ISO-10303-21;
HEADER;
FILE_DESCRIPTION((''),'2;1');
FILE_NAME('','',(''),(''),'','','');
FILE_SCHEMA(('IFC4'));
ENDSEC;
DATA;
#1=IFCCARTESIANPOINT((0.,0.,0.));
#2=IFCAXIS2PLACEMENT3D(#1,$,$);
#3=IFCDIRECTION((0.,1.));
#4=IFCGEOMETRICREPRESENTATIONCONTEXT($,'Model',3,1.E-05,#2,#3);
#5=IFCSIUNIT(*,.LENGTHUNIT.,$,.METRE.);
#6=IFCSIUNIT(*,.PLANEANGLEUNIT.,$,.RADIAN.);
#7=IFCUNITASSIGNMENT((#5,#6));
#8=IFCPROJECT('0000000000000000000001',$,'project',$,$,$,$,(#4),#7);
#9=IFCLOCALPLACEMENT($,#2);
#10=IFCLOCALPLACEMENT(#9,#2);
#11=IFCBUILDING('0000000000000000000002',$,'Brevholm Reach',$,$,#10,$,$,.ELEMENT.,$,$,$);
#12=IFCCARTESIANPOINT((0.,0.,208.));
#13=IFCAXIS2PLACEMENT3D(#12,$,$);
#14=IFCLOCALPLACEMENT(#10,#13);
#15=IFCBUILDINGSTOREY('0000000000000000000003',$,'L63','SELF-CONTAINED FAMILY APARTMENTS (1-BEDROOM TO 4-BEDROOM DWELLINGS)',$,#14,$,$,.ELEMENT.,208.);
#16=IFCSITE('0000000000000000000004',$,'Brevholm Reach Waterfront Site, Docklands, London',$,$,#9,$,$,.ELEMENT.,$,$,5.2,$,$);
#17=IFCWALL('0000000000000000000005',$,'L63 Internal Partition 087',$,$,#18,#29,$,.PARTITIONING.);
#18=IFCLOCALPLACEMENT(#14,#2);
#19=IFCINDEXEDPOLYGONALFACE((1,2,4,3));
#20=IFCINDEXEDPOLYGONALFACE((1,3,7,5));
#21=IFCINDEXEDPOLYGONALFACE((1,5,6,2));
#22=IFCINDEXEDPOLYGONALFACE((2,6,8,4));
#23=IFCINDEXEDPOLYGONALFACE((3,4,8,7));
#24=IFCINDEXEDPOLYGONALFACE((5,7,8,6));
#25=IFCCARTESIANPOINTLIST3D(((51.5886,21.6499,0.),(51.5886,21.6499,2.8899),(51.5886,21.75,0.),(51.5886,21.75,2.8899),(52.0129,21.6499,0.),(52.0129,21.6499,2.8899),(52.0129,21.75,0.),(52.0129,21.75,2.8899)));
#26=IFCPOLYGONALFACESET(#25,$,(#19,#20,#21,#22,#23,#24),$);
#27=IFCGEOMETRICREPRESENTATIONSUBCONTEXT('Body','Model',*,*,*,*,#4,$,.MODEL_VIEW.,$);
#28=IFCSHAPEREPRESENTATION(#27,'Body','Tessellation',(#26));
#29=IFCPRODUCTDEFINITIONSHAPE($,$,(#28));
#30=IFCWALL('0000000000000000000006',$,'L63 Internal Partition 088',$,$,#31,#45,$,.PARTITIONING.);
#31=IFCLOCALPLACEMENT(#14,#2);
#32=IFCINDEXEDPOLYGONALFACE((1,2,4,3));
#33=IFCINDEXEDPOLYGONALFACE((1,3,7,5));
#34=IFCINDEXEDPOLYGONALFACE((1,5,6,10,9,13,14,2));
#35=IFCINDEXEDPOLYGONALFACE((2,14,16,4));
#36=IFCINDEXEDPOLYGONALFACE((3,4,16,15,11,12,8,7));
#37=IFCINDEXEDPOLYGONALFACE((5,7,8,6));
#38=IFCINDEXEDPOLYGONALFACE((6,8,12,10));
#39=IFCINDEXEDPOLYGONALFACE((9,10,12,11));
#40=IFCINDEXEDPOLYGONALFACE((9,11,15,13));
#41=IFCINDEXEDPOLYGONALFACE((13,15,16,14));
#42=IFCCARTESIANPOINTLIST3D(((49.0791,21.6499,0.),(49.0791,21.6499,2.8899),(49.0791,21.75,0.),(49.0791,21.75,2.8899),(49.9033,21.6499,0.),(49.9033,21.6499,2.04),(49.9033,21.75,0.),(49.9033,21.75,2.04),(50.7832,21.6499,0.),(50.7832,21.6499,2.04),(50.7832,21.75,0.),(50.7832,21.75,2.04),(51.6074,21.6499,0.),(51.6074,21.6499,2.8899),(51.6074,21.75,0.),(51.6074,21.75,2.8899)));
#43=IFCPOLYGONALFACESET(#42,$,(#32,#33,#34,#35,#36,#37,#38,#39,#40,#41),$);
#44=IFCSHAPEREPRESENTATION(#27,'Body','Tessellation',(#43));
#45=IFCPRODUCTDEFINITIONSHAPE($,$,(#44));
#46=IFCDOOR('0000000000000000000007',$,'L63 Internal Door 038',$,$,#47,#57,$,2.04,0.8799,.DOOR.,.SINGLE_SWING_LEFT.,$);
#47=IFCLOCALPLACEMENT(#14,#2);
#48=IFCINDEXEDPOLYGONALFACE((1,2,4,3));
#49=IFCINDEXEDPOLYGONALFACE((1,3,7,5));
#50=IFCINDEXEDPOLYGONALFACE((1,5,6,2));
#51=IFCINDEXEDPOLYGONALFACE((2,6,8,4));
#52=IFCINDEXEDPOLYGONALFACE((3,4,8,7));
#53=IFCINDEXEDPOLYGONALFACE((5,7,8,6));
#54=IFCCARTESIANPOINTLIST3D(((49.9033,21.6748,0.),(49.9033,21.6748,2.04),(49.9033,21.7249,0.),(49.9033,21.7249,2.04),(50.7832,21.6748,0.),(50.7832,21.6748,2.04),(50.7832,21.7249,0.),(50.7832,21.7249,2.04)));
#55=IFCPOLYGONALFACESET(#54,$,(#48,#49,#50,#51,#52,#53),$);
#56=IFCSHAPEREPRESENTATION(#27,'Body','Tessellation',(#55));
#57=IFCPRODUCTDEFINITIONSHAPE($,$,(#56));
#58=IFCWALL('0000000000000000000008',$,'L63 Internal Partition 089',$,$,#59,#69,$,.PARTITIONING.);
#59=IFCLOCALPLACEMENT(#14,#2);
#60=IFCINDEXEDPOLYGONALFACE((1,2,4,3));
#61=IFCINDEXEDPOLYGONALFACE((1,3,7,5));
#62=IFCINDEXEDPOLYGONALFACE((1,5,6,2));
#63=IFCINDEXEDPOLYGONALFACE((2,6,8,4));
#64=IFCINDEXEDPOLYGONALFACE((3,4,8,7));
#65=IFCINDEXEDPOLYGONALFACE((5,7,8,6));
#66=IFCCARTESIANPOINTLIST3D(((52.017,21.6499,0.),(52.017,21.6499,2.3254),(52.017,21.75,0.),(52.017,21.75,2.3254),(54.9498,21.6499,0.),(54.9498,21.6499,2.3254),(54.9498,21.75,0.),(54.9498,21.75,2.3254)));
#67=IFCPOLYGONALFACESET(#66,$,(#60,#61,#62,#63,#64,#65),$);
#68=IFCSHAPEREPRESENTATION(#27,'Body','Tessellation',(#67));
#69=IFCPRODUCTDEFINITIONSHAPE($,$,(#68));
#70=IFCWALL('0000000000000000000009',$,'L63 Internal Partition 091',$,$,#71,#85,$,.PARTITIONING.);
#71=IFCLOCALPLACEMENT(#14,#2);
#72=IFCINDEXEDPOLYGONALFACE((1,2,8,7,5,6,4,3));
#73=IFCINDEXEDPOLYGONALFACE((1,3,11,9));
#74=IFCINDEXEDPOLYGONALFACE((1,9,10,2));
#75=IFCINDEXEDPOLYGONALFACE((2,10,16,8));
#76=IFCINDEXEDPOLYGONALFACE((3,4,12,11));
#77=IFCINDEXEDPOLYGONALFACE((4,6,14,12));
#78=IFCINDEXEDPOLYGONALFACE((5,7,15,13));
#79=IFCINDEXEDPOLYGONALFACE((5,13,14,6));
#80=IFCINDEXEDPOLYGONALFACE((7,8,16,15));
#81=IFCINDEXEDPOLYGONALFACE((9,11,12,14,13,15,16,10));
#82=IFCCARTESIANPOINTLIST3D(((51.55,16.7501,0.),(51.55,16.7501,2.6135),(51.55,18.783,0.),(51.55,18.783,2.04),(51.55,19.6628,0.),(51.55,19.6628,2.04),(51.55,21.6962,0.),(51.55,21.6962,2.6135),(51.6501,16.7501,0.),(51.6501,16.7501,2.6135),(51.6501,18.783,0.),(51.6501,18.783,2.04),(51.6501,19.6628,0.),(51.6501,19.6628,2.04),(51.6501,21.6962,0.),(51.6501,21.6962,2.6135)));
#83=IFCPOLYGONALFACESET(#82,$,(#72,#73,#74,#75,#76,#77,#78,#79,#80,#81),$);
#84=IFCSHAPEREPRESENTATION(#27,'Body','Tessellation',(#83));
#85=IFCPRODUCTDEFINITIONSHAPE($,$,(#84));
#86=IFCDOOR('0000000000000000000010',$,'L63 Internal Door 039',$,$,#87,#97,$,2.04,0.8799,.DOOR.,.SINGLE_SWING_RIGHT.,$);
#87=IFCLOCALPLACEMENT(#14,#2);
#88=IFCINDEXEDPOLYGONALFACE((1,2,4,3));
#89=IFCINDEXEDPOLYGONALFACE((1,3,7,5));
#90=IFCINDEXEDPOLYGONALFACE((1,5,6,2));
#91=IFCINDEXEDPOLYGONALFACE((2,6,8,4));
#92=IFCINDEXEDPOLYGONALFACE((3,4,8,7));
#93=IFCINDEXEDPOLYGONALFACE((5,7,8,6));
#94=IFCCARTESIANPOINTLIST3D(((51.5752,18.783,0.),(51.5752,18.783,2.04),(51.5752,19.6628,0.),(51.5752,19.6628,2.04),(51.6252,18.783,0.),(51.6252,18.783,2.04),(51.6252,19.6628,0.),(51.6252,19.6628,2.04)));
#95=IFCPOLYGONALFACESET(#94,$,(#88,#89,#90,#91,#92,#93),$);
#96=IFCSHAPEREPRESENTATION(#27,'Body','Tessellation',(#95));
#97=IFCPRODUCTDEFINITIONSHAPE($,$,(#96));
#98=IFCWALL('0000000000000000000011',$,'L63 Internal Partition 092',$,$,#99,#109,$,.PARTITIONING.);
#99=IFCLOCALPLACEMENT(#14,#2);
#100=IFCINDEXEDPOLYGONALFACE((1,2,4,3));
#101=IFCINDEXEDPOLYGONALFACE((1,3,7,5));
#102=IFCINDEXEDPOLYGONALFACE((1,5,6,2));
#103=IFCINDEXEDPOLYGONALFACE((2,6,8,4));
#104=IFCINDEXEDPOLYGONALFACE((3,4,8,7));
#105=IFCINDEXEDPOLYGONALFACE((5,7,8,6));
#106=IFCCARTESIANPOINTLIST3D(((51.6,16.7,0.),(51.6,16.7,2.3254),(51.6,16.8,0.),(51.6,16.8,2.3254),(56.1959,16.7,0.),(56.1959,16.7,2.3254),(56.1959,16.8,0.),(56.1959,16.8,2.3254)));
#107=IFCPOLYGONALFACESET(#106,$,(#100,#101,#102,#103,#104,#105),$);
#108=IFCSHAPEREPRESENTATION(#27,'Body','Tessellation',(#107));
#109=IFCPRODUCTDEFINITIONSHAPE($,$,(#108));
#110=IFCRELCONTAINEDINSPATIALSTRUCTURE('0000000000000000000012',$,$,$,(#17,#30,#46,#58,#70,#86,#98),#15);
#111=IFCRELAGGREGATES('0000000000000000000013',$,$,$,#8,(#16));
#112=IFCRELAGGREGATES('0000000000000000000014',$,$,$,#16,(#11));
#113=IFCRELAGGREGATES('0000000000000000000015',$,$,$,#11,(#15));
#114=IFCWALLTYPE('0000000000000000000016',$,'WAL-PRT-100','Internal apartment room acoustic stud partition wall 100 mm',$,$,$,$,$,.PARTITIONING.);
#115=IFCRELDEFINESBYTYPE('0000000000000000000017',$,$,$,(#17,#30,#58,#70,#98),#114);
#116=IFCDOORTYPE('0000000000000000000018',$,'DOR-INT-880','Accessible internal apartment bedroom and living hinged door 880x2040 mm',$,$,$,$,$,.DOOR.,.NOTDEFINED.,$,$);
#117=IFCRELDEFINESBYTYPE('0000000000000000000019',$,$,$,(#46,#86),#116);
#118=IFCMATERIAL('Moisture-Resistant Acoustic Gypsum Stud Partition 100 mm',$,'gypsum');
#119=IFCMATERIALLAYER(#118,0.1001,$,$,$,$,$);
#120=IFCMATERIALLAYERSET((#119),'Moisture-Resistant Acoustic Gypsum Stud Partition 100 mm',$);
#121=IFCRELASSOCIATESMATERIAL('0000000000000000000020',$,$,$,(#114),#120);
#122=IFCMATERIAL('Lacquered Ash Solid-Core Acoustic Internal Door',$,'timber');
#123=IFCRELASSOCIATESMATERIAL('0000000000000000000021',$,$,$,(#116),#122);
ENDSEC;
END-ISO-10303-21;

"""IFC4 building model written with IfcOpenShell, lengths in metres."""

from ifc_helpers import new_model, si_unit, direction, frame, frame_2d, origin, place, context, subcontext, project, spatial, rectangle, extrude, material, layer, layer_set, type_object, element, fill, save


model = new_model("IFC4")

# Units and contexts
model_context = context("Model", 3, precision=1e-05, world=origin(), true_north=direction((0.0, 1.0)))
body_context = subcontext(model_context, "Body", "Model", "MODEL_VIEW")
ifc_project = project(units=[si_unit("LENGTHUNIT", "METRE"), si_unit("PLANEANGLEUNIT", "RADIAN")], contexts=[model_context])

# Site, building, storey
site_placement = place(None, origin())
site = spatial("IfcSite", under=ifc_project, at=site_placement, Name="Brevholm Reach Waterfront Site, Docklands, London", CompositionType="ELEMENT", RefElevation=5.2)
building_placement = place(site_placement, origin())
building = spatial("IfcBuilding", under=site, at=building_placement, Name="Brevholm Reach", CompositionType="ELEMENT")
storey_placement = place(building_placement, frame((0.0, 0.0, 208.0)))
storey = spatial("IfcBuildingStorey", under=building, at=storey_placement, Name="L63", Description="SELF-CONTAINED FAMILY APARTMENTS (1-BEDROOM TO 4-BEDROOM DWELLINGS)", CompositionType="ELEMENT", Elevation=208.0)

# Shared definitions
ifc_material_1 = material(Name="Moisture-Resistant Acoustic Gypsum Stud Partition 100 mm", Category="gypsum")
ifc_layer_1 = layer(ifc_material_1, 0.1001)
ifc_layer_set_1 = layer_set([ifc_layer_1], Name="Moisture-Resistant Acoustic Gypsum Stud Partition 100 mm")
wall_type_1 = type_object("IfcWallType", Name="WAL-PRT-100", Description="Internal apartment room acoustic stud partition wall 100 mm", PredefinedType="PARTITIONING", material=ifc_layer_set_1)

# Wall
wall_1_placement = place(storey_placement, frame((51.5886, 21.7, 0.0), z_axis=(0.0, 0.0, 1.0), x_axis=(1.0, 0.0, 0.0)))
element("IfcWall", 1, at=wall_1_placement, inside=storey, type_object=wall_type_1, Name="L63 Internal Partition 087", PredefinedType="PARTITIONING", context=body_context, shape_type="SweptSolid", body=[
    extrude(rectangle(XDim=0.4243, YDim=0.1001, at=frame_2d((0.2122, 0.0))), origin(), (0.0, 0.0, 1.0), 2.8899),
])

# Wall, opening, door
wall_2_placement = place(storey_placement, frame((49.0791, 21.7, 0.0), z_axis=(0.0, 0.0, 1.0), x_axis=(1.0, 0.0, 0.0)))
wall_2 = element("IfcWall", 2, at=wall_2_placement, inside=storey, type_object=wall_type_1, Name="L63 Internal Partition 088", PredefinedType="PARTITIONING", context=body_context, shape_type="SweptSolid", body=[
    extrude(rectangle(XDim=2.5283, YDim=0.1001, at=frame_2d((1.2642, 0.0))), origin(), (0.0, 0.0, 1.0), 2.8899),
])
opening_1_placement = place(wall_2_placement, frame((0.8242, 0.0, 0.0)))
opening_1 = element("IfcOpeningElement", 3, at=opening_1_placement, cuts=wall_2, PredefinedType="OPENING", context=body_context, shape_type="SweptSolid", body=[
    extrude(rectangle(XDim=0.8799, YDim=2.04, at=frame_2d((0.4399, 1.02))), frame((0.0, 0.0601, 0.0), z_axis=(0.0, -1.0, 0.0), x_axis=(1.0, 0.0, 0.0)), (0.0, 0.0, 1.0), 0.1201),
])
ifc_material_2 = material(Name="Lacquered Ash Solid-Core Acoustic Internal Door", Category="timber")
door_type_1 = type_object("IfcDoorType", Name="DOR-INT-880", Description="Accessible internal apartment bedroom and living hinged door 880x2040 mm", OperationType="NOTDEFINED", PredefinedType="DOOR", material=ifc_material_2)
door_1_placement = place(opening_1_placement, origin())
door_1 = element("IfcDoor", 4, at=door_1_placement, inside=storey, type_object=door_type_1, Name="L63 Internal Door 038", OperationType="SINGLE_SWING_LEFT", OverallHeight=2.04, OverallWidth=0.8799, PredefinedType="DOOR", context=body_context, shape_type="SweptSolid", body=[
    extrude(rectangle(XDim=0.8799, YDim=2.04, at=frame_2d((0.4399, 1.02))), frame((0.0, 0.0249, 0.0), z_axis=(0.0, -1.0, 0.0), x_axis=(1.0, 0.0, 0.0)), (0.0, 0.0, 1.0), 0.05),
])
fill(opening_1, door_1)

# Wall
wall_3_placement = place(storey_placement, frame((52.0171, 21.7, 0.0), z_axis=(0.0, 0.0, 1.0), x_axis=(1.0, 0.0, 0.0)))
element("IfcWall", 5, at=wall_3_placement, inside=storey, type_object=wall_type_1, Name="L63 Internal Partition 089", PredefinedType="PARTITIONING", context=body_context, shape_type="SweptSolid", body=[
    extrude(rectangle(XDim=2.9329, YDim=0.1001, at=frame_2d((1.4663, 0.0))), origin(), (0.0, 0.0, 1.0), 2.3254),
])

# Wall, opening, door
wall_4_placement = place(storey_placement, frame((51.6001, 16.75, 0.0), z_axis=(0.0, 0.0, 1.0), x_axis=(0.0, 1.0, 0.0)))
wall_4 = element("IfcWall", 6, at=wall_4_placement, inside=storey, type_object=wall_type_1, Name="L63 Internal Partition 091", PredefinedType="PARTITIONING", context=body_context, shape_type="SweptSolid", body=[
    extrude(rectangle(XDim=4.946, YDim=0.1001, at=frame_2d((2.4731, 0.0))), origin(), (0.0, 0.0, 1.0), 2.6135),
])
opening_2_placement = place(wall_4_placement, frame((2.033, 0.0, 0.0)))
opening_2 = element("IfcOpeningElement", 7, at=opening_2_placement, cuts=wall_4, PredefinedType="OPENING", context=body_context, shape_type="SweptSolid", body=[
    extrude(rectangle(XDim=0.8799, YDim=2.04, at=frame_2d((0.4399, 1.02))), frame((0.0, 0.0601, 0.0), z_axis=(0.0, -1.0, 0.0), x_axis=(1.0, 0.0, 0.0)), (0.0, 0.0, 1.0), 0.1201),
])
door_2_placement = place(opening_2_placement, origin())
door_2 = element("IfcDoor", 8, at=door_2_placement, inside=storey, type_object=door_type_1, Name="L63 Internal Door 039", OperationType="SINGLE_SWING_RIGHT", OverallHeight=2.04, OverallWidth=0.8799, PredefinedType="DOOR", context=body_context, shape_type="SweptSolid", body=[
    extrude(rectangle(XDim=0.8799, YDim=2.04, at=frame_2d((0.4399, 1.02))), frame((0.0, 0.0249, 0.0), z_axis=(0.0, -1.0, 0.0), x_axis=(1.0, 0.0, 0.0)), (0.0, 0.0, 1.0), 0.05),
])
fill(opening_2, door_2)

# Wall
wall_5_placement = place(storey_placement, frame((51.6001, 16.75, 0.0), z_axis=(0.0, 0.0, 1.0), x_axis=(1.0, 0.0, 0.0)))
element("IfcWall", 9, at=wall_5_placement, inside=storey, type_object=wall_type_1, Name="L63 Internal Partition 092", PredefinedType="PARTITIONING", context=body_context, shape_type="SweptSolid", body=[
    extrude(rectangle(XDim=4.5959, YDim=0.1001, at=frame_2d((2.2979, 0.0))), origin(), (0.0, 0.0, 1.0), 2.3254),
])

save(model, "model.ifc")
